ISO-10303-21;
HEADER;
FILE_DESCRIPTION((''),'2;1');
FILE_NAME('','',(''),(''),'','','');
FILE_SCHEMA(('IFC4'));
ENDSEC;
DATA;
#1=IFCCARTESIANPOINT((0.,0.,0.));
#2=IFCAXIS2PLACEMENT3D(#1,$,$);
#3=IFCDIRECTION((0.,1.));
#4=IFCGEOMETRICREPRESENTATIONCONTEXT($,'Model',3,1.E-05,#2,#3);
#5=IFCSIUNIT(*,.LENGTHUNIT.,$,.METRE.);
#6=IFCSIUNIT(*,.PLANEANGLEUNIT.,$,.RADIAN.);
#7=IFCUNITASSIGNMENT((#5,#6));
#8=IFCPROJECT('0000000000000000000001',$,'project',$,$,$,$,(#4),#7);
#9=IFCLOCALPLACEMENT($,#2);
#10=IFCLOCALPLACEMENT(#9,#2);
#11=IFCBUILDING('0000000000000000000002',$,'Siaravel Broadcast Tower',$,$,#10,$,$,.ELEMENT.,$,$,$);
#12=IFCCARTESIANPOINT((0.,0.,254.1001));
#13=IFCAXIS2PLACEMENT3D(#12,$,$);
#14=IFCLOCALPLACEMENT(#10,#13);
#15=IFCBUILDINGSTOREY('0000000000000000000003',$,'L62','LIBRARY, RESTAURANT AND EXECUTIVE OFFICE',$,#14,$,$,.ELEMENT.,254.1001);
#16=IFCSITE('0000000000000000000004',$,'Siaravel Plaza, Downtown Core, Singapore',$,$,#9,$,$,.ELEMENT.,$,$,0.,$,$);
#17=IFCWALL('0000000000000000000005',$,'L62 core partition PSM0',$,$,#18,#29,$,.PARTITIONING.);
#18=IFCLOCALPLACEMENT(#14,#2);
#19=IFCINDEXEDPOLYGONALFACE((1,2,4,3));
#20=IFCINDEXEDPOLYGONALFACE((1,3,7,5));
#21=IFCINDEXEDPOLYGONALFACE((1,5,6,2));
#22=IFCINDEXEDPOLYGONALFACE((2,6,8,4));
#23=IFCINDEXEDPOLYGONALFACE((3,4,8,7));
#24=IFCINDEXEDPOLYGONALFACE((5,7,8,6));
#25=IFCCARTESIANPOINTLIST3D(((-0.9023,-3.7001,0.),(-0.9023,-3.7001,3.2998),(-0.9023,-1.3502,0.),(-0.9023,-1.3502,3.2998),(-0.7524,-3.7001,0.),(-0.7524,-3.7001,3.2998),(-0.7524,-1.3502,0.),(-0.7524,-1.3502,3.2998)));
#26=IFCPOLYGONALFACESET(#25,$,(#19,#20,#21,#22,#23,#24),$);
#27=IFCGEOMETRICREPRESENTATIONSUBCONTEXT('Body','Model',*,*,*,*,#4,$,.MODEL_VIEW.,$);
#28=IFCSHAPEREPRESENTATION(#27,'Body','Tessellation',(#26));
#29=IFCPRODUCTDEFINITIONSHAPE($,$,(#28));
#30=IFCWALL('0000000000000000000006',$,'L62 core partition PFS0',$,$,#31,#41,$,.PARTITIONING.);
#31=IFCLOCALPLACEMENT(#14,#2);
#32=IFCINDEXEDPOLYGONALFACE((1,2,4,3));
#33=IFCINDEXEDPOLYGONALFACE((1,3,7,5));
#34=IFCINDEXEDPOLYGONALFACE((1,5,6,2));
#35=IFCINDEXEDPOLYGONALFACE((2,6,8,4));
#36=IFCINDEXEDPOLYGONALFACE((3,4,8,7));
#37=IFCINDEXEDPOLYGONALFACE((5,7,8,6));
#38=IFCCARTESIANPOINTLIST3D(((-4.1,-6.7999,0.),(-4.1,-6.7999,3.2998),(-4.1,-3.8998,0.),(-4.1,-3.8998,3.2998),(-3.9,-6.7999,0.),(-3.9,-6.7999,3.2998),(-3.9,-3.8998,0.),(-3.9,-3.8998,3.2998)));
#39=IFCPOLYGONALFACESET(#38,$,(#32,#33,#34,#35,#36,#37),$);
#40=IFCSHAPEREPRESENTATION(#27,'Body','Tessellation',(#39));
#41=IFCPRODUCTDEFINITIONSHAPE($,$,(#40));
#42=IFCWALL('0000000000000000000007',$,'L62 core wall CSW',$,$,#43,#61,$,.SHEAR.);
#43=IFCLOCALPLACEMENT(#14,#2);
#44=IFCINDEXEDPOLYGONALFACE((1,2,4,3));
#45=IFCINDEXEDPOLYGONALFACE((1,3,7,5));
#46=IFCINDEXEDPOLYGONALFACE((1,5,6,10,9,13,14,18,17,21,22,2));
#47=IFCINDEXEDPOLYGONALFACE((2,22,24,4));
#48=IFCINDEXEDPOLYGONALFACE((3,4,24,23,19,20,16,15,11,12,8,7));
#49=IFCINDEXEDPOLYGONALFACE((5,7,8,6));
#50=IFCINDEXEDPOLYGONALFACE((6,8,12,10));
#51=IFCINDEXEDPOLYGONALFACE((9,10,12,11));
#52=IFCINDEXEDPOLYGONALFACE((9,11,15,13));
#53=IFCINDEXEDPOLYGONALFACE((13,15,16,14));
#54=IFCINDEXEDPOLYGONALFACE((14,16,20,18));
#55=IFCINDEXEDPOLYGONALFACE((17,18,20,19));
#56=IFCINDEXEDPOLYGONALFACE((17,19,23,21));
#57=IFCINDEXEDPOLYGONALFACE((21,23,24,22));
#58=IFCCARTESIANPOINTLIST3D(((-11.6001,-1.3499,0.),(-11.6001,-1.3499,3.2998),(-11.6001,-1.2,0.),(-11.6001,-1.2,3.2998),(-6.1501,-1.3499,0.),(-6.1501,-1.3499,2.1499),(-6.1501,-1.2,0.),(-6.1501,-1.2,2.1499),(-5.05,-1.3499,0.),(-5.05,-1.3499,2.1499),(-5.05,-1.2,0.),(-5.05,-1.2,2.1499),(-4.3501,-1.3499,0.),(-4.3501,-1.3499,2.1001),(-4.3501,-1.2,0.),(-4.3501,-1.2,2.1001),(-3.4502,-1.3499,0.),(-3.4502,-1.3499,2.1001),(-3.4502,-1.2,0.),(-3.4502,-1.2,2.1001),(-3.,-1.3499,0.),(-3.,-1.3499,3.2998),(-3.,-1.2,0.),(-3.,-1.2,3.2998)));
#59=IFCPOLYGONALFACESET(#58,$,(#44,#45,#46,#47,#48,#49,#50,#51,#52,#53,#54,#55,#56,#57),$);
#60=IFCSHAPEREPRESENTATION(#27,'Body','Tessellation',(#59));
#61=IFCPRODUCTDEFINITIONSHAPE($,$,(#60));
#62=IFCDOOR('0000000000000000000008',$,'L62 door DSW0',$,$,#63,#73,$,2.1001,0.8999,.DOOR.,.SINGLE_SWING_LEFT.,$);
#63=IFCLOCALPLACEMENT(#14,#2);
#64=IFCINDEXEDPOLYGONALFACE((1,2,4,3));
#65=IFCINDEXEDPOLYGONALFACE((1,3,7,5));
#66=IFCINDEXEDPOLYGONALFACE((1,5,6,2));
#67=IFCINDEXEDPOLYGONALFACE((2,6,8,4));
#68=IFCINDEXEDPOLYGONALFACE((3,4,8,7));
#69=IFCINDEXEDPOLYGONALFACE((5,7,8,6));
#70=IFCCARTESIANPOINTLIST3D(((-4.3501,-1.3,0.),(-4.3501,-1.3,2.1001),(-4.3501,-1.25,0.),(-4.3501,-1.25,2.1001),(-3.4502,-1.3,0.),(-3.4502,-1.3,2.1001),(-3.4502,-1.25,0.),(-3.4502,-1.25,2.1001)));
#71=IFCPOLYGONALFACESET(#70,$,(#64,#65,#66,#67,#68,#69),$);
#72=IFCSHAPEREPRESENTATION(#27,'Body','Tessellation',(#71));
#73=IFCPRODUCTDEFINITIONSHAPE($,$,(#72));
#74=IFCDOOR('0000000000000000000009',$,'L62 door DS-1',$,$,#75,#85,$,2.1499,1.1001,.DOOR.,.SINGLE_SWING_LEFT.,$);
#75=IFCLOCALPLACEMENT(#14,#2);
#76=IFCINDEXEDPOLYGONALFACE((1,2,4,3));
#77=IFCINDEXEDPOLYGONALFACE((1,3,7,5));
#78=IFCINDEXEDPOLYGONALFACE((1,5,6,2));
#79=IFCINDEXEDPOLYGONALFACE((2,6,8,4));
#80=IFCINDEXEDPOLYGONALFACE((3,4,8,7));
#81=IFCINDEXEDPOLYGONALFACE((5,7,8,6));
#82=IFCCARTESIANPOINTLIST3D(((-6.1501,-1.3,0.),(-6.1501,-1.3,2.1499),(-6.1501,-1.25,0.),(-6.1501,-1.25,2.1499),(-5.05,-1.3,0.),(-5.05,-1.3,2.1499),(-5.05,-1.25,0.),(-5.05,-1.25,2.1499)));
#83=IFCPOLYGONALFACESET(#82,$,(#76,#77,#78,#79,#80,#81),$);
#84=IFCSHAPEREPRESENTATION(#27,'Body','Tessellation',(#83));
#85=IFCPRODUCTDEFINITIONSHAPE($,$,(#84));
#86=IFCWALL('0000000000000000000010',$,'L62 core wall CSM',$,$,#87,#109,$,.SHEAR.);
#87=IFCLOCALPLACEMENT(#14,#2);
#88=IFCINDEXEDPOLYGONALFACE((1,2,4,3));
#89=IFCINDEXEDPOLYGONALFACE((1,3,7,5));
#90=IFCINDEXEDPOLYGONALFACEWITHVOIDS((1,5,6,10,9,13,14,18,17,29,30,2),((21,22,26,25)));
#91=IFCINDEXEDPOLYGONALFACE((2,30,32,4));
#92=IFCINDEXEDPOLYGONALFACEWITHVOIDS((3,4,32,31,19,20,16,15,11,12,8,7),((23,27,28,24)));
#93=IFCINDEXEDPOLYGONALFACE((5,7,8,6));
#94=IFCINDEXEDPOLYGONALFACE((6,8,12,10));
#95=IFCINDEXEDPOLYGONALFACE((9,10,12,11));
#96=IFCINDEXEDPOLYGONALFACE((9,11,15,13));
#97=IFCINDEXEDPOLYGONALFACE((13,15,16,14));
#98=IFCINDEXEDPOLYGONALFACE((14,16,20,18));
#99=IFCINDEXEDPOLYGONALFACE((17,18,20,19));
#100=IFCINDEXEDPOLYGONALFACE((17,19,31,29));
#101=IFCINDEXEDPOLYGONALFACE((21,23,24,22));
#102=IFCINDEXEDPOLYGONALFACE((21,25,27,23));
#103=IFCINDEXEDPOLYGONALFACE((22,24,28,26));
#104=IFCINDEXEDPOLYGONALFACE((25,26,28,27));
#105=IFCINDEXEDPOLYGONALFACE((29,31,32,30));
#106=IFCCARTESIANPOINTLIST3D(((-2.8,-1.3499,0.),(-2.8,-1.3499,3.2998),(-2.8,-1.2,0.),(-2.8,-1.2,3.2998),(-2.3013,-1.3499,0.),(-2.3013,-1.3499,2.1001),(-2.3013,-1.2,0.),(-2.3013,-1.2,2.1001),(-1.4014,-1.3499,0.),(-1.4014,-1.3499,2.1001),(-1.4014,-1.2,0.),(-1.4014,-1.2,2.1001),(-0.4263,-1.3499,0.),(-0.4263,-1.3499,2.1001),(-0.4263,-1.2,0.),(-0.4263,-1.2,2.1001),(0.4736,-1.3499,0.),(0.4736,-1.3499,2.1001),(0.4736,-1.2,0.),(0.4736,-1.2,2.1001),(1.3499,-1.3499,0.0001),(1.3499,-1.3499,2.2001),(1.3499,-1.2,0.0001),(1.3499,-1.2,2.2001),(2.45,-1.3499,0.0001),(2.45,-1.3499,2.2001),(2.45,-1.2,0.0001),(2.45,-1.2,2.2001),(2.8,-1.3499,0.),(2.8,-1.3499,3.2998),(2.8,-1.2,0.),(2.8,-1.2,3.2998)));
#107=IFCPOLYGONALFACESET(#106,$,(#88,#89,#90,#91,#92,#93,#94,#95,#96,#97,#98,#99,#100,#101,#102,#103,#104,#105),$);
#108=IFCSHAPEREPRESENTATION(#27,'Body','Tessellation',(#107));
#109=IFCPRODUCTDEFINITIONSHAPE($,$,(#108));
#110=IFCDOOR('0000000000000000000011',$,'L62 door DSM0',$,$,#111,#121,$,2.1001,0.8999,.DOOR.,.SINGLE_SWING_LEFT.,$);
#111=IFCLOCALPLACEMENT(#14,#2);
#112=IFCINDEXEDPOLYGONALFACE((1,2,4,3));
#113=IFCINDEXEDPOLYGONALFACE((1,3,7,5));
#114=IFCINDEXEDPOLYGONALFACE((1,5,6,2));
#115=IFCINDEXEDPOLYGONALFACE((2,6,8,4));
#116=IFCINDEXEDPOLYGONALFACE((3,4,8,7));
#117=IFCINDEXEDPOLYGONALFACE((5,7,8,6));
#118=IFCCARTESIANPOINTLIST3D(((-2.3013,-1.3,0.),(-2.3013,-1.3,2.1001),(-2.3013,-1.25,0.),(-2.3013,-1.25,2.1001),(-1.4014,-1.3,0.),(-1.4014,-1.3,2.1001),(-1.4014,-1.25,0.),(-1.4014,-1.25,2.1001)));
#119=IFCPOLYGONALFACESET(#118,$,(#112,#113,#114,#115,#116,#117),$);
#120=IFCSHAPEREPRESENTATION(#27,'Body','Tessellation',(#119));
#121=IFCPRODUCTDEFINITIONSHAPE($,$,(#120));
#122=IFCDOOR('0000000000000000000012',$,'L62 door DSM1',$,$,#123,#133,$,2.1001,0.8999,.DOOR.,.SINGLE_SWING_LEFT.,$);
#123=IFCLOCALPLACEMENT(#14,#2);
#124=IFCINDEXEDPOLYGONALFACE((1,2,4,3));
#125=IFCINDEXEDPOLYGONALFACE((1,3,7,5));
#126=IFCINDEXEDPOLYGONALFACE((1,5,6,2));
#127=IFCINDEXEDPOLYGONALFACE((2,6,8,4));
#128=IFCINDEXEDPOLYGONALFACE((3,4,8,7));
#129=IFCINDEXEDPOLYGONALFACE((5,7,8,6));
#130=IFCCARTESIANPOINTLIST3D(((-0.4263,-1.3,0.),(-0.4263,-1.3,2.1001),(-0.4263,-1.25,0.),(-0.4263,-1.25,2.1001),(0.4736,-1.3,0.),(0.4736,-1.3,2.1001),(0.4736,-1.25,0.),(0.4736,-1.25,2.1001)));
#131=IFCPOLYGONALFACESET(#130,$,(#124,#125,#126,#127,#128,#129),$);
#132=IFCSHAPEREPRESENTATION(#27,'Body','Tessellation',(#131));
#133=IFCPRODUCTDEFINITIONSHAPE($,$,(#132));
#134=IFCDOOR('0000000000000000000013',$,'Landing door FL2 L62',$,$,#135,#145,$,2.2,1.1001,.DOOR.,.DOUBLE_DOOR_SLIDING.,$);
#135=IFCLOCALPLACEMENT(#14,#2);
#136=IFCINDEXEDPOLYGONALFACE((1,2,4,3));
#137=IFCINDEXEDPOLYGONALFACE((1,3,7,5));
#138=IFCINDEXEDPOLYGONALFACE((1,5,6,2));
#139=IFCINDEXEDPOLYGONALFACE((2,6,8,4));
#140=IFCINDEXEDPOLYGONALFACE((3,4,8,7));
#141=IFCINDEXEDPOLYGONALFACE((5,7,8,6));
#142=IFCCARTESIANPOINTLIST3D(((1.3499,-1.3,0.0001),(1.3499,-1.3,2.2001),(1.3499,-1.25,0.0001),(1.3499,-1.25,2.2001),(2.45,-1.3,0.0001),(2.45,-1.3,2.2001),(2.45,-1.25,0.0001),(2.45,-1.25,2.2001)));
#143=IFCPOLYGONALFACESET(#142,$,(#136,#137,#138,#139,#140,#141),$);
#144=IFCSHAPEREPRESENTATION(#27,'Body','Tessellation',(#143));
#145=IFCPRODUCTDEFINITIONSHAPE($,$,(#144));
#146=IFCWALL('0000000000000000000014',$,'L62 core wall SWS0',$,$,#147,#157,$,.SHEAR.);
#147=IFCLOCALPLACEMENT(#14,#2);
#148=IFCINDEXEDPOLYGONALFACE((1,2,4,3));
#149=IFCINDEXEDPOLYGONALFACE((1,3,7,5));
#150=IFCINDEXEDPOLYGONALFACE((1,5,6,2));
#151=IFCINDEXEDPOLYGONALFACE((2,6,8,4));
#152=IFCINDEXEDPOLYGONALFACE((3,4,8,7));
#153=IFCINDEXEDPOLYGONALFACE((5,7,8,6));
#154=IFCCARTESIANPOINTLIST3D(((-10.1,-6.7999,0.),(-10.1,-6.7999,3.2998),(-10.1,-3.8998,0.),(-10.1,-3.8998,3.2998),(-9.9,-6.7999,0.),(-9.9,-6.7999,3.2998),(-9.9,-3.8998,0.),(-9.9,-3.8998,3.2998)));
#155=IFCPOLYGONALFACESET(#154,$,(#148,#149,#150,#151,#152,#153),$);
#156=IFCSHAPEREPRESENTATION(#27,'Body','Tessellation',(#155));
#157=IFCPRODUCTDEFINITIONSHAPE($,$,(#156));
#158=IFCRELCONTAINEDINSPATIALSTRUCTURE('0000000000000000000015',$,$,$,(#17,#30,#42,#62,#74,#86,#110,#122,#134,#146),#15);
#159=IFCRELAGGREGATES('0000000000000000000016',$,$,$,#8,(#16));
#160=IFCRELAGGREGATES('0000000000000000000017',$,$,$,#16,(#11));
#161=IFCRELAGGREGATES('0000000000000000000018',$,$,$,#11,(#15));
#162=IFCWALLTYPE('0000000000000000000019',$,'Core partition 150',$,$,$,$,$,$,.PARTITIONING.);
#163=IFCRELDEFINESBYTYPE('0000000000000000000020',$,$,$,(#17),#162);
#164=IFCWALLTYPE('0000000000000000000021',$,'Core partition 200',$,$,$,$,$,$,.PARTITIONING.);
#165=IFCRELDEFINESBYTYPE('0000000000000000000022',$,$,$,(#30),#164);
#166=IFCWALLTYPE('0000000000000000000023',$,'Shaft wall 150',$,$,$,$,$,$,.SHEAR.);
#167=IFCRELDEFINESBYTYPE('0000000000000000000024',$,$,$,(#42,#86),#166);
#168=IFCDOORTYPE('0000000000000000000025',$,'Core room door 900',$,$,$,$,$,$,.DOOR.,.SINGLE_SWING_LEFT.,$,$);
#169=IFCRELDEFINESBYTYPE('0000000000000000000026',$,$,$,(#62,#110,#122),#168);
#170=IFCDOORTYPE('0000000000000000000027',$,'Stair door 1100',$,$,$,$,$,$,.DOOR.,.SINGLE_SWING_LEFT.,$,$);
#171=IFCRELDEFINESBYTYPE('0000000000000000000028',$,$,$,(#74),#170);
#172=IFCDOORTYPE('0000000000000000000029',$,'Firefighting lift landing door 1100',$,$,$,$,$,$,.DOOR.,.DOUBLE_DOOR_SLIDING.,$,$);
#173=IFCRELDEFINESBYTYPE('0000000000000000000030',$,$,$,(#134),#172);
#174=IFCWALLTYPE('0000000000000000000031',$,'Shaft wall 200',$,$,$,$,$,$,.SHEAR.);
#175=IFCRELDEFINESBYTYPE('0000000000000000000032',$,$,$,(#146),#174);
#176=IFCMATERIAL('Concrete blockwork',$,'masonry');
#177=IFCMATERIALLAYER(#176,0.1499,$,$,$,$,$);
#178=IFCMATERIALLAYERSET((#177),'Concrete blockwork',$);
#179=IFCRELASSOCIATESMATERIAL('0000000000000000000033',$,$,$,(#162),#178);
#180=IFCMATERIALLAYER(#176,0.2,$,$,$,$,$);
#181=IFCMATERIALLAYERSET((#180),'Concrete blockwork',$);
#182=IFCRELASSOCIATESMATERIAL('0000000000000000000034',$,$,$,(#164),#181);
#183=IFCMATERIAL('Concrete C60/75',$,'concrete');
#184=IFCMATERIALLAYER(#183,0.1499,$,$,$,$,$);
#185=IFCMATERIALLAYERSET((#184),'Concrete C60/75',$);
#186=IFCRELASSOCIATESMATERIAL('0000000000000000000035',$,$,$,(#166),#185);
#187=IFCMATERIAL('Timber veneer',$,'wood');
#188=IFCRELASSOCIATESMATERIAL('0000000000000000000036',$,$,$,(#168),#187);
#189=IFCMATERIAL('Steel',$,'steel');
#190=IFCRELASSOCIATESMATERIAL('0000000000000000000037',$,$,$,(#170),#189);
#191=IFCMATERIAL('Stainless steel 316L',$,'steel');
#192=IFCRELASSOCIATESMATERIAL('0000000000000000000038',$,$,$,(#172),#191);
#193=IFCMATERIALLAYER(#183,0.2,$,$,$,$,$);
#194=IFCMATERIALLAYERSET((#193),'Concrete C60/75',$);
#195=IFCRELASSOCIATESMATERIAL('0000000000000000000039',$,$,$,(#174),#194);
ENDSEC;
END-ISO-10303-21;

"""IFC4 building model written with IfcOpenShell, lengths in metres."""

from ifc_helpers import new_model, si_unit, direction, frame, frame_2d, origin, place, context, subcontext, project, spatial, rectangle, extrude, material, layer, layer_set, type_object, element, fill, save


model = new_model("IFC4")

# Units and contexts
model_context = context("Model", 3, precision=1e-05, world=origin(), true_north=direction((0.0, 1.0)))
body_context = subcontext(model_context, "Body", "Model", "MODEL_VIEW")
ifc_project = project(units=[si_unit("LENGTHUNIT", "METRE"), si_unit("PLANEANGLEUNIT", "RADIAN")], contexts=[model_context])

# Site, building, storey
site_placement = place(None, origin())
site = spatial("IfcSite", under=ifc_project, at=site_placement, Name="Siaravel Plaza, Downtown Core, Singapore", CompositionType="ELEMENT", RefElevation=0.0)
building_placement = place(site_placement, origin())
building = spatial("IfcBuilding", under=site, at=building_placement, Name="Siaravel Broadcast Tower", CompositionType="ELEMENT")
storey_placement = place(building_placement, frame((0.0, 0.0, 254.1001)))
storey = spatial("IfcBuildingStorey", under=building, at=storey_placement, Name="L62", Description="LIBRARY, RESTAURANT AND EXECUTIVE OFFICE", CompositionType="ELEMENT", Elevation=254.1001)

# Walls
ifc_material_1 = material(Name="Concrete blockwork", Category="masonry")
ifc_layer_1 = layer(ifc_material_1, 0.1499)
ifc_layer_set_1 = layer_set([ifc_layer_1], Name="Concrete blockwork")
wall_type_1 = type_object("IfcWallType", Name="Core partition 150", PredefinedType="PARTITIONING", material=ifc_layer_set_1)
wall_1_placement = place(storey_placement, frame((-0.8274, -3.7, 0.0), z_axis=(0.0, 0.0, 1.0), x_axis=(0.0, 1.0, 0.0)))
element("IfcWall", 1, at=wall_1_placement, inside=storey, type_object=wall_type_1, Name="L62 core partition PSM0", PredefinedType="PARTITIONING", context=body_context, shape_type="SweptSolid", body=[
    extrude(rectangle(XDim=2.3499, YDim=0.1499, at=frame_2d((1.1748, 0.0))), origin(), (0.0, 0.0, 1.0), 3.2998),
])
ifc_layer_2 = layer(ifc_material_1, 0.2)
ifc_layer_set_2 = layer_set([ifc_layer_2], Name="Concrete blockwork")
wall_type_2 = type_object("IfcWallType", Name="Core partition 200", PredefinedType="PARTITIONING", material=ifc_layer_set_2)
wall_2_placement = place(storey_placement, frame((-4.0, -6.8, 0.0), z_axis=(0.0, 0.0, 1.0), x_axis=(0.0, 1.0, 0.0)))
element("IfcWall", 2, at=wall_2_placement, inside=storey, type_object=wall_type_2, Name="L62 core partition PFS0", PredefinedType="PARTITIONING", context=body_context, shape_type="SweptSolid", body=[
    extrude(rectangle(XDim=2.9001, YDim=0.2, at=frame_2d((1.4502, 0.0))), origin(), (0.0, 0.0, 1.0), 3.2998),
])

# Walls, openings, doors
ifc_material_2 = material(Name="Concrete C60/75", Category="concrete")
ifc_layer_3 = layer(ifc_material_2, 0.1499)
ifc_layer_set_3 = layer_set([ifc_layer_3], Name="Concrete C60/75")
wall_type_3 = type_object("IfcWallType", Name="Shaft wall 150", PredefinedType="SHEAR", material=ifc_layer_set_3)
wall_3_placement = place(storey_placement, frame((-11.6001, -1.2749, 0.0), z_axis=(0.0, 0.0, 1.0), x_axis=(1.0, 0.0, 0.0)))
wall_3 = element("IfcWall", 3, at=wall_3_placement, inside=storey, type_object=wall_type_3, Name="L62 core wall CSW", PredefinedType="SHEAR", context=body_context, shape_type="SweptSolid", body=[
    extrude(rectangle(XDim=8.6001, YDim=0.1499, at=frame_2d((4.3, 0.0))), origin(), (0.0, 0.0, 1.0), 3.2998),
])
opening_1_placement = place(wall_3_placement, frame((5.45, 0.0, 0.0)))
opening_1 = element("IfcOpeningElement", 4, at=opening_1_placement, cuts=wall_3, PredefinedType="OPENING", context=body_context, shape_type="SweptSolid", body=[
    extrude(rectangle(XDim=1.1001, YDim=2.1499, at=frame_2d((0.55, 1.075))), frame((0.0, 0.085, 0.0), z_axis=(0.0, -1.0, 0.0), x_axis=(1.0, 0.0, 0.0)), (0.0, 0.0, 1.0), 0.1699),
])
opening_2_placement = place(wall_3_placement, frame((7.25, 0.0, 0.0)))
opening_2 = element("IfcOpeningElement", 5, at=opening_2_placement, cuts=wall_3, PredefinedType="OPENING", context=body_context, shape_type="SweptSolid", body=[
    extrude(rectangle(XDim=0.8999, YDim=2.1001, at=frame_2d((0.45, 1.05))), frame((0.0, 0.085, 0.0), z_axis=(0.0, -1.0, 0.0), x_axis=(1.0, 0.0, 0.0)), (0.0, 0.0, 1.0), 0.1699),
])
ifc_material_3 = material(Name="Timber veneer", Category="wood")
door_type_1 = type_object("IfcDoorType", Name="Core room door 900", OperationType="SINGLE_SWING_LEFT", PredefinedType="DOOR", material=ifc_material_3)
door_1_placement = place(opening_2_placement, origin())
door_1 = element("IfcDoor", 6, at=door_1_placement, inside=storey, type_object=door_type_1, Name="L62 door DSW0", OperationType="SINGLE_SWING_LEFT", OverallHeight=2.1001, OverallWidth=0.8999, PredefinedType="DOOR", context=body_context, shape_type="SweptSolid", body=[
    extrude(rectangle(XDim=0.8999, YDim=2.1001, at=frame_2d((0.45, 1.05))), frame((0.0, 0.0249, 0.0), z_axis=(0.0, -1.0, 0.0), x_axis=(1.0, 0.0, 0.0)), (0.0, 0.0, 1.0), 0.05),
])
fill(opening_2, door_1)
ifc_material_4 = material(Name="Steel", Category="steel")
door_type_2 = type_object("IfcDoorType", Name="Stair door 1100", OperationType="SINGLE_SWING_LEFT", PredefinedType="DOOR", material=ifc_material_4)
door_2_placement = place(opening_1_placement, origin())
door_2 = element("IfcDoor", 7, at=door_2_placement, inside=storey, type_object=door_type_2, Name="L62 door DS-1", OperationType="SINGLE_SWING_LEFT", OverallHeight=2.1499, OverallWidth=1.1001, PredefinedType="DOOR", context=body_context, shape_type="SweptSolid", body=[
    extrude(rectangle(XDim=1.1001, YDim=2.1499, at=frame_2d((0.55, 1.075))), frame((0.0, 0.0249, 0.0), z_axis=(0.0, -1.0, 0.0), x_axis=(1.0, 0.0, 0.0)), (0.0, 0.0, 1.0), 0.05),
])
fill(opening_1, door_2)
wall_4_placement = place(storey_placement, frame((-2.8, -1.2749, 0.0), z_axis=(0.0, 0.0, 1.0), x_axis=(1.0, 0.0, 0.0)))
wall_4 = element("IfcWall", 8, at=wall_4_placement, inside=storey, type_object=wall_type_3, Name="L62 core wall CSM", PredefinedType="SHEAR", context=body_context, shape_type="SweptSolid", body=[
    extrude(rectangle(XDim=5.6001, YDim=0.1499, at=frame_2d((2.8, 0.0))), origin(), (0.0, 0.0, 1.0), 3.2998),
])
opening_3_placement = place(wall_4_placement, frame((4.1499, 0.0, 0.0)))
opening_3 = element("IfcOpeningElement", 9, at=opening_3_placement, cuts=wall_4, PredefinedType="OPENING", context=body_context, shape_type="SweptSolid", body=[
    extrude(rectangle(XDim=1.1001, YDim=2.2, at=frame_2d((0.55, 1.1001))), frame((0.0, 0.085, 0.0), z_axis=(0.0, -1.0, 0.0), x_axis=(1.0, 0.0, 0.0)), (0.0, 0.0, 1.0), 0.1699),
])
opening_4_placement = place(wall_4_placement, frame((0.4988, 0.0, 0.0)))
opening_4 = element("IfcOpeningElement", 10, at=opening_4_placement, cuts=wall_4, PredefinedType="OPENING", context=body_context, shape_type="SweptSolid", body=[
    extrude(rectangle(XDim=0.8999, YDim=2.1001, at=frame_2d((0.45, 1.05))), frame((0.0, 0.085, 0.0), z_axis=(0.0, -1.0, 0.0), x_axis=(1.0, 0.0, 0.0)), (0.0, 0.0, 1.0), 0.1699),
])
opening_5_placement = place(wall_4_placement, frame((2.3738, 0.0, 0.0)))
opening_5 = element("IfcOpeningElement", 11, at=opening_5_placement, cuts=wall_4, PredefinedType="OPENING", context=body_context, shape_type="SweptSolid", body=[
    extrude(rectangle(XDim=0.8999, YDim=2.1001, at=frame_2d((0.45, 1.05))), frame((0.0, 0.085, 0.0), z_axis=(0.0, -1.0, 0.0), x_axis=(1.0, 0.0, 0.0)), (0.0, 0.0, 1.0), 0.1699),
])
door_3_placement = place(opening_4_placement, origin())
door_3 = element("IfcDoor", 12, at=door_3_placement, inside=storey, type_object=door_type_1, Name="L62 door DSM0", OperationType="SINGLE_SWING_LEFT", OverallHeight=2.1001, OverallWidth=0.8999, PredefinedType="DOOR", context=body_context, shape_type="SweptSolid", body=[
    extrude(rectangle(XDim=0.8999, YDim=2.1001, at=frame_2d((0.45, 1.05))), frame((0.0, 0.0249, 0.0), z_axis=(0.0, -1.0, 0.0), x_axis=(1.0, 0.0, 0.0)), (0.0, 0.0, 1.0), 0.05),
])
fill(opening_4, door_3)
door_4_placement = place(opening_5_placement, origin())
door_4 = element("IfcDoor", 13, at=door_4_placement, inside=storey, type_object=door_type_1, Name="L62 door DSM1", OperationType="SINGLE_SWING_LEFT", OverallHeight=2.1001, OverallWidth=0.8999, PredefinedType="DOOR", context=body_context, shape_type="SweptSolid", body=[
    extrude(rectangle(XDim=0.8999, YDim=2.1001, at=frame_2d((0.45, 1.05))), frame((0.0, 0.0249, 0.0), z_axis=(0.0, -1.0, 0.0), x_axis=(1.0, 0.0, 0.0)), (0.0, 0.0, 1.0), 0.05),
])
fill(opening_5, door_4)
ifc_material_5 = material(Name="Stainless steel 316L", Category="steel")
door_type_3 = type_object("IfcDoorType", Name="Firefighting lift landing door 1100", OperationType="DOUBLE_DOOR_SLIDING", PredefinedType="DOOR", material=ifc_material_5)
door_5_placement = place(opening_3_placement, origin())
door_5 = element("IfcDoor", 14, at=door_5_placement, inside=storey, type_object=door_type_3, Name="Landing door FL2 L62", OperationType="DOUBLE_DOOR_SLIDING", OverallHeight=2.2, OverallWidth=1.1001, PredefinedType="DOOR", context=body_context, shape_type="SweptSolid", body=[
    extrude(rectangle(XDim=1.1001, YDim=2.2, at=frame_2d((0.55, 1.1001))), frame((0.0, 0.0249, 0.0), z_axis=(0.0, -1.0, 0.0), x_axis=(1.0, 0.0, 0.0)), (0.0, 0.0, 1.0), 0.05),
])
fill(opening_3, door_5)

# Wall
ifc_layer_4 = layer(ifc_material_2, 0.2)
ifc_layer_set_4 = layer_set([ifc_layer_4], Name="Concrete C60/75")
wall_type_4 = type_object("IfcWallType", Name="Shaft wall 200", PredefinedType="SHEAR", material=ifc_layer_set_4)
wall_5_placement = place(storey_placement, frame((-10.0, -6.8, 0.0), z_axis=(0.0, 0.0, 1.0), x_axis=(0.0, 1.0, 0.0)))
element("IfcWall", 15, at=wall_5_placement, inside=storey, type_object=wall_type_4, Name="L62 core wall SWS0", PredefinedType="SHEAR", context=body_context, shape_type="SweptSolid", body=[
    extrude(rectangle(XDim=2.9001, YDim=0.2, at=frame_2d((1.4502, 0.0))), origin(), (0.0, 0.0, 1.0), 3.2998),
])

save(model, "model.ifc")
